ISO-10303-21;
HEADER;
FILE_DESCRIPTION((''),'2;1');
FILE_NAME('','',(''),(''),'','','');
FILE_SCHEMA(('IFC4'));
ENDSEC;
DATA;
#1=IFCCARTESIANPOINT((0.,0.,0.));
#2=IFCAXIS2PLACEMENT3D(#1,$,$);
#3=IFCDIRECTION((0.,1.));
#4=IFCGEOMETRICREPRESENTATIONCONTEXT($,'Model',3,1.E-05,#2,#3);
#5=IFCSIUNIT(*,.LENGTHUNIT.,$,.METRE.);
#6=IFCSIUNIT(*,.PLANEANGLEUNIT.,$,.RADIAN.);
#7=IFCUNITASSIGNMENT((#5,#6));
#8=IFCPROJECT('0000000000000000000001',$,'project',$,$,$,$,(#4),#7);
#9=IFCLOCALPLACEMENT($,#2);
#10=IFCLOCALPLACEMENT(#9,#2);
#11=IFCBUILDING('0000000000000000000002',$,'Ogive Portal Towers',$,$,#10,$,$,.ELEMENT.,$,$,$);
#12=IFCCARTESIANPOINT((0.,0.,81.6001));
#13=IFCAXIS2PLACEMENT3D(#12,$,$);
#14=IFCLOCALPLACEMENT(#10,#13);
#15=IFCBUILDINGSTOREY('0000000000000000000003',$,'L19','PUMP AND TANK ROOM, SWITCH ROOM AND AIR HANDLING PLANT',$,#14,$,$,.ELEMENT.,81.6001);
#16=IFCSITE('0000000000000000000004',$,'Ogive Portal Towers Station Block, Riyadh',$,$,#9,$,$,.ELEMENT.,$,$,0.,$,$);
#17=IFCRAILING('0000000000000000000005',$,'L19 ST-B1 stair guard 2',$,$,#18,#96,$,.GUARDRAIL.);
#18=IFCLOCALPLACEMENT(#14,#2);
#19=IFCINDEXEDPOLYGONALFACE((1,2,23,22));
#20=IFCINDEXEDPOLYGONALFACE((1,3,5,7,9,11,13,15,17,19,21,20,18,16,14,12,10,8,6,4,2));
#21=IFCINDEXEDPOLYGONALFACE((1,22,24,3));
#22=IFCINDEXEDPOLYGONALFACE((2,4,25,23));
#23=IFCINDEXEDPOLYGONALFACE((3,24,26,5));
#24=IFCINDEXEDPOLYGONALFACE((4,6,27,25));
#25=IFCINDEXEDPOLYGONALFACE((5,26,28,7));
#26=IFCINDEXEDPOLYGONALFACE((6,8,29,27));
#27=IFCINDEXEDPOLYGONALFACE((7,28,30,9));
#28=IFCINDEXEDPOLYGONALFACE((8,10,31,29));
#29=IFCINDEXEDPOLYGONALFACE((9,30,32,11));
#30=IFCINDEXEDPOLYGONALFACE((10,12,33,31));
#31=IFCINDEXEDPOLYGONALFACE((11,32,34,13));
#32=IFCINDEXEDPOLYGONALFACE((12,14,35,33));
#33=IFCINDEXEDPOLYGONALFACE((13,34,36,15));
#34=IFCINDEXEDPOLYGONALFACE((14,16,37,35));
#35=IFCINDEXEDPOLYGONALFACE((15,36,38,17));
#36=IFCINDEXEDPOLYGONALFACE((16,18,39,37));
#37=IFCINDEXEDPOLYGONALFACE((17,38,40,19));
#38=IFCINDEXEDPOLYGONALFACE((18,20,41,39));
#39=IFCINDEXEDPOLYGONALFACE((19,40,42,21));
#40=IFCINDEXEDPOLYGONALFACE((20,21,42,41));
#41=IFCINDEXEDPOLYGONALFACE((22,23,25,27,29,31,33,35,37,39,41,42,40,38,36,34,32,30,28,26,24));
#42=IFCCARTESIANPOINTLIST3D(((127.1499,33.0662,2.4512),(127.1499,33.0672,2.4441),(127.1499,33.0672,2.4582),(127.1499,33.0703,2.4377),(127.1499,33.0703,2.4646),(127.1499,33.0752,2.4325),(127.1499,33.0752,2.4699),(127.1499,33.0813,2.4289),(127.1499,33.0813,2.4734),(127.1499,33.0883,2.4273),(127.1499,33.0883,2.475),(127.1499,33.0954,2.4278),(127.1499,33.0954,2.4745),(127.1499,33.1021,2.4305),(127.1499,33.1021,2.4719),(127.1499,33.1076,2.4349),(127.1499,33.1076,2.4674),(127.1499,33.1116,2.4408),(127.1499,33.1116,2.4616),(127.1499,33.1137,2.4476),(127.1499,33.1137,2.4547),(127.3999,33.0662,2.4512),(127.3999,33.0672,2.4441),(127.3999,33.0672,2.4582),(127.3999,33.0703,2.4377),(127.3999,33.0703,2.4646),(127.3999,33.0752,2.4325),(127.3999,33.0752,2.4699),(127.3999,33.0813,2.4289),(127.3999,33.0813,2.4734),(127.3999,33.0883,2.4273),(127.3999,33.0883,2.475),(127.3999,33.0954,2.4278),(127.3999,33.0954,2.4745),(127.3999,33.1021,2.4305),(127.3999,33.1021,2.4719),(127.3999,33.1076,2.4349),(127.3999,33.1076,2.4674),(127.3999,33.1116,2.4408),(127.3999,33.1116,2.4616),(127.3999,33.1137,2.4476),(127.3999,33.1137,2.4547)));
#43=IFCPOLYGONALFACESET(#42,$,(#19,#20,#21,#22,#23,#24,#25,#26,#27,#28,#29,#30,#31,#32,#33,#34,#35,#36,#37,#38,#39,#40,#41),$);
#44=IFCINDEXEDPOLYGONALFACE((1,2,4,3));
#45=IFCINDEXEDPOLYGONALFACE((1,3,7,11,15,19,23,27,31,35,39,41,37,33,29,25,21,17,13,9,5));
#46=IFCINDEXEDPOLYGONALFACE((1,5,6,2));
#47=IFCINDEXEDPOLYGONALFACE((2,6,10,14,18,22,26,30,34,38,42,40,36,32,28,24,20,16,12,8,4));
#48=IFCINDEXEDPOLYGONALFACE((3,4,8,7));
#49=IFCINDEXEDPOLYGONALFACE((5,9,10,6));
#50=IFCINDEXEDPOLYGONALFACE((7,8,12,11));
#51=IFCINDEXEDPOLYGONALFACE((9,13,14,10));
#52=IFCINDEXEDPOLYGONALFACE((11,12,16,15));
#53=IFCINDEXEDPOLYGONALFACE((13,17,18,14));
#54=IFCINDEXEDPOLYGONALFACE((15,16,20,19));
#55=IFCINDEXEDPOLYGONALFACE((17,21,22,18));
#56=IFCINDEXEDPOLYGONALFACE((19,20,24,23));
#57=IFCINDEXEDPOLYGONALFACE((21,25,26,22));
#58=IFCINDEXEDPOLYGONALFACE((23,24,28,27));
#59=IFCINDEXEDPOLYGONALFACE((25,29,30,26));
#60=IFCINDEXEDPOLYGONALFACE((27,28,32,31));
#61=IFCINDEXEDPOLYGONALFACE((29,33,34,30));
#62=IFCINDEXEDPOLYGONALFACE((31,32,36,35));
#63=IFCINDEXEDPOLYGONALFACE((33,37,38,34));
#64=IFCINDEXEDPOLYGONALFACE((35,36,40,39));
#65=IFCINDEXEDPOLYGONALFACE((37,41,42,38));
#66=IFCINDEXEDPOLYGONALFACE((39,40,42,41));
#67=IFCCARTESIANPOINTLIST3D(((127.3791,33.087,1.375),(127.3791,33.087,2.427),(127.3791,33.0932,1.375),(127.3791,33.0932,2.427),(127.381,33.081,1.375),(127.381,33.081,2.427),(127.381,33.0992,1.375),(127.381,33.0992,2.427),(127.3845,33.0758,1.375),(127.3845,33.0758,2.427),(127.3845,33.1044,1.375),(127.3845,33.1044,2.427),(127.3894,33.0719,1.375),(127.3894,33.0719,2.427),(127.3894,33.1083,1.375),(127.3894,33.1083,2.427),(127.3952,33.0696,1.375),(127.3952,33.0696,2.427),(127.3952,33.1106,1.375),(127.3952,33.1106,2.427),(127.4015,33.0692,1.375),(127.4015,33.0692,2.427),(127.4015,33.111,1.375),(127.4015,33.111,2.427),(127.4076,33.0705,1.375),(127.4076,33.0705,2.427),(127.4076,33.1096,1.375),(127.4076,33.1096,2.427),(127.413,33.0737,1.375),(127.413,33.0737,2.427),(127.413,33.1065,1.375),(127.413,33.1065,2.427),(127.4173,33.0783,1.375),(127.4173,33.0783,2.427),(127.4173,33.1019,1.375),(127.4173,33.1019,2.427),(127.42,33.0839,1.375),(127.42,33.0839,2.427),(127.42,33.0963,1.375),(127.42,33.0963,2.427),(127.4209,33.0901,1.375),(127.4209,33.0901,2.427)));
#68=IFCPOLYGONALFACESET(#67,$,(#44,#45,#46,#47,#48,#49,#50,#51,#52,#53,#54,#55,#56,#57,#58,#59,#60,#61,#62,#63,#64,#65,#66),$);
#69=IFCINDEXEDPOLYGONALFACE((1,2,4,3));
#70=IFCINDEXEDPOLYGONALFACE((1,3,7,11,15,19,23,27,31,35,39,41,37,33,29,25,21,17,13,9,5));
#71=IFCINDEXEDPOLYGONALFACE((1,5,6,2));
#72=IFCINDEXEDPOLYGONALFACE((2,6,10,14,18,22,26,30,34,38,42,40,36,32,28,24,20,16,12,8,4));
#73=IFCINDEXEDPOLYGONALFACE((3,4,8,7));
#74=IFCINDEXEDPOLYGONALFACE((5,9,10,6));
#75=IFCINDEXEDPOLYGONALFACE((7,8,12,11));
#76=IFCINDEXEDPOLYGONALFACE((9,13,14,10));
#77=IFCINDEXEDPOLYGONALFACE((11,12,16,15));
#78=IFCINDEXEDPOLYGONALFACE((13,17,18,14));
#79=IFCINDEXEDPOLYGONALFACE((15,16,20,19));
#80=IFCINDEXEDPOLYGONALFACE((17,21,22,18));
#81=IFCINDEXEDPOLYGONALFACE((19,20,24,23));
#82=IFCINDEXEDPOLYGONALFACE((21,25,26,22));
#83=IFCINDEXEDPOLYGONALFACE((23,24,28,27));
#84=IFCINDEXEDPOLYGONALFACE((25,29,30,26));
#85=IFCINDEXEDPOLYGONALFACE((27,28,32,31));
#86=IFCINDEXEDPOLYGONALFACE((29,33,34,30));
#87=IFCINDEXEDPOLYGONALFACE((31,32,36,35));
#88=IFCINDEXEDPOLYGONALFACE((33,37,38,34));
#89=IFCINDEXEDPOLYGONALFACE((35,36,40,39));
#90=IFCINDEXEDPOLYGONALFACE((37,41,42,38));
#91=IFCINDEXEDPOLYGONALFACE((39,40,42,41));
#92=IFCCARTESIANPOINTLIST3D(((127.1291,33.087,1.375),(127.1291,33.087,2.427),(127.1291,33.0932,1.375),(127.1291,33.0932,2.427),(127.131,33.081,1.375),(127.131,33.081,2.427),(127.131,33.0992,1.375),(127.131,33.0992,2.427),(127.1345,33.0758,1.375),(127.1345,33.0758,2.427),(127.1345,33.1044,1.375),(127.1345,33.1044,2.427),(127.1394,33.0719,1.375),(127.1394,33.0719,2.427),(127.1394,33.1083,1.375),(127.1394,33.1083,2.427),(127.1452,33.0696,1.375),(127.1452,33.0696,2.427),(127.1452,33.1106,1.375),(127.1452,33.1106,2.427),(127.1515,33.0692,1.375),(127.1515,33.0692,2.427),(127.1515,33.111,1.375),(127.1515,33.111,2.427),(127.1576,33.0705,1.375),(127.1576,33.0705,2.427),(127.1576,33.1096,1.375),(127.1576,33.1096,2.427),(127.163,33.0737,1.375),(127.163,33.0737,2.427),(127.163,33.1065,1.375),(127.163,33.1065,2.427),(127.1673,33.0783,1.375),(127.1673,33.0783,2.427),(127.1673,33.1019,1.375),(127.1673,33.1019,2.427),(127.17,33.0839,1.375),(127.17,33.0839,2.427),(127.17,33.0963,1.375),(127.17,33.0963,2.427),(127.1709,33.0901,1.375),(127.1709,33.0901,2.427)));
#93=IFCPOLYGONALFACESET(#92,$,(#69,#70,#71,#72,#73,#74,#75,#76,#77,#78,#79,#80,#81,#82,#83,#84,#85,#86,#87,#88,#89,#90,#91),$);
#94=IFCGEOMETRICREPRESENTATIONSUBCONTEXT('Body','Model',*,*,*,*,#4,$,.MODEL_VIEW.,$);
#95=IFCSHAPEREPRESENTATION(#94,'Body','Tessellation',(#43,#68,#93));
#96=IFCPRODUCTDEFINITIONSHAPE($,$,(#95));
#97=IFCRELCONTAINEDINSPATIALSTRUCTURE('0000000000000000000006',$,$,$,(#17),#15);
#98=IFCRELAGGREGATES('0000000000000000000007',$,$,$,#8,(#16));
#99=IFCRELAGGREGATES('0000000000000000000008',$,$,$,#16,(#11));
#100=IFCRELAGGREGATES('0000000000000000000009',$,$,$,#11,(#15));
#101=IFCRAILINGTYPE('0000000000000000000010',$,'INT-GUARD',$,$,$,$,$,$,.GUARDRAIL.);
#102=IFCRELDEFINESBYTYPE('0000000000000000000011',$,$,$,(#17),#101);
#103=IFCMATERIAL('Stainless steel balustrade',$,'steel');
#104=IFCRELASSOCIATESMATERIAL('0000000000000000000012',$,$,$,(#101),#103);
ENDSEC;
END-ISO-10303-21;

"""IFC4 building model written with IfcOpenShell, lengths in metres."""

from ifc_helpers import new_model, si_unit, direction, frame, origin, origin_2d, place, context, subcontext, project, spatial, circle, extrude, material, type_object, element, save


model = new_model("IFC4")

# Units and contexts
model_context = context("Model", 3, precision=1e-05, world=origin(), true_north=direction((0.0, 1.0)))
body_context = subcontext(model_context, "Body", "Model", "MODEL_VIEW")
ifc_project = project(units=[si_unit("LENGTHUNIT", "METRE"), si_unit("PLANEANGLEUNIT", "RADIAN")], contexts=[model_context])

# Site, building, storey
site_placement = place(None, origin())
site = spatial("IfcSite", under=ifc_project, at=site_placement, Name="Ogive Portal Towers Station Block, Riyadh", CompositionType="ELEMENT", RefElevation=0.0)
building_placement = place(site_placement, origin())
building = spatial("IfcBuilding", under=site, at=building_placement, Name="Ogive Portal Towers", CompositionType="ELEMENT")
storey_placement = place(building_placement, frame((0.0, 0.0, 81.6001)))
storey = spatial("IfcBuildingStorey", under=building, at=storey_placement, Name="L19", Description="PUMP AND TANK ROOM, SWITCH ROOM AND AIR HANDLING PLANT", CompositionType="ELEMENT", Elevation=81.6001)

# Railing
ifc_material_1 = material(Name="Stainless steel balustrade", Category="steel")
railing_type_1 = type_object("IfcRailingType", Name="INT-GUARD", PredefinedType="GUARDRAIL", material=ifc_material_1)
railing_1_placement = place(storey_placement, frame((127.3999, 33.0901, 1.375)))
element("IfcRailing", 1, at=railing_1_placement, inside=storey, type_object=railing_type_1, Name="L19 ST-B1 stair guard 2", PredefinedType="GUARDRAIL", context=body_context, shape_type="SweptSolid", body=[
    extrude(circle(Radius=0.0239, at=origin_2d()), frame((0.0, 0.0, 1.0762), z_axis=(-1.0, 0.0, 0.0), x_axis=(0.0, -1.0, 0.0)), (0.0, 0.0, 1.0), 0.25),
    extrude(circle(Radius=0.021, at=origin_2d()), origin(), (0.0, 0.0, 1.0), 1.052),
    extrude(circle(Radius=0.021, at=origin_2d()), frame((-0.25, 0.0, 0.0)), (0.0, 0.0, 1.0), 1.052),
])

save(model, "model.ifc")
